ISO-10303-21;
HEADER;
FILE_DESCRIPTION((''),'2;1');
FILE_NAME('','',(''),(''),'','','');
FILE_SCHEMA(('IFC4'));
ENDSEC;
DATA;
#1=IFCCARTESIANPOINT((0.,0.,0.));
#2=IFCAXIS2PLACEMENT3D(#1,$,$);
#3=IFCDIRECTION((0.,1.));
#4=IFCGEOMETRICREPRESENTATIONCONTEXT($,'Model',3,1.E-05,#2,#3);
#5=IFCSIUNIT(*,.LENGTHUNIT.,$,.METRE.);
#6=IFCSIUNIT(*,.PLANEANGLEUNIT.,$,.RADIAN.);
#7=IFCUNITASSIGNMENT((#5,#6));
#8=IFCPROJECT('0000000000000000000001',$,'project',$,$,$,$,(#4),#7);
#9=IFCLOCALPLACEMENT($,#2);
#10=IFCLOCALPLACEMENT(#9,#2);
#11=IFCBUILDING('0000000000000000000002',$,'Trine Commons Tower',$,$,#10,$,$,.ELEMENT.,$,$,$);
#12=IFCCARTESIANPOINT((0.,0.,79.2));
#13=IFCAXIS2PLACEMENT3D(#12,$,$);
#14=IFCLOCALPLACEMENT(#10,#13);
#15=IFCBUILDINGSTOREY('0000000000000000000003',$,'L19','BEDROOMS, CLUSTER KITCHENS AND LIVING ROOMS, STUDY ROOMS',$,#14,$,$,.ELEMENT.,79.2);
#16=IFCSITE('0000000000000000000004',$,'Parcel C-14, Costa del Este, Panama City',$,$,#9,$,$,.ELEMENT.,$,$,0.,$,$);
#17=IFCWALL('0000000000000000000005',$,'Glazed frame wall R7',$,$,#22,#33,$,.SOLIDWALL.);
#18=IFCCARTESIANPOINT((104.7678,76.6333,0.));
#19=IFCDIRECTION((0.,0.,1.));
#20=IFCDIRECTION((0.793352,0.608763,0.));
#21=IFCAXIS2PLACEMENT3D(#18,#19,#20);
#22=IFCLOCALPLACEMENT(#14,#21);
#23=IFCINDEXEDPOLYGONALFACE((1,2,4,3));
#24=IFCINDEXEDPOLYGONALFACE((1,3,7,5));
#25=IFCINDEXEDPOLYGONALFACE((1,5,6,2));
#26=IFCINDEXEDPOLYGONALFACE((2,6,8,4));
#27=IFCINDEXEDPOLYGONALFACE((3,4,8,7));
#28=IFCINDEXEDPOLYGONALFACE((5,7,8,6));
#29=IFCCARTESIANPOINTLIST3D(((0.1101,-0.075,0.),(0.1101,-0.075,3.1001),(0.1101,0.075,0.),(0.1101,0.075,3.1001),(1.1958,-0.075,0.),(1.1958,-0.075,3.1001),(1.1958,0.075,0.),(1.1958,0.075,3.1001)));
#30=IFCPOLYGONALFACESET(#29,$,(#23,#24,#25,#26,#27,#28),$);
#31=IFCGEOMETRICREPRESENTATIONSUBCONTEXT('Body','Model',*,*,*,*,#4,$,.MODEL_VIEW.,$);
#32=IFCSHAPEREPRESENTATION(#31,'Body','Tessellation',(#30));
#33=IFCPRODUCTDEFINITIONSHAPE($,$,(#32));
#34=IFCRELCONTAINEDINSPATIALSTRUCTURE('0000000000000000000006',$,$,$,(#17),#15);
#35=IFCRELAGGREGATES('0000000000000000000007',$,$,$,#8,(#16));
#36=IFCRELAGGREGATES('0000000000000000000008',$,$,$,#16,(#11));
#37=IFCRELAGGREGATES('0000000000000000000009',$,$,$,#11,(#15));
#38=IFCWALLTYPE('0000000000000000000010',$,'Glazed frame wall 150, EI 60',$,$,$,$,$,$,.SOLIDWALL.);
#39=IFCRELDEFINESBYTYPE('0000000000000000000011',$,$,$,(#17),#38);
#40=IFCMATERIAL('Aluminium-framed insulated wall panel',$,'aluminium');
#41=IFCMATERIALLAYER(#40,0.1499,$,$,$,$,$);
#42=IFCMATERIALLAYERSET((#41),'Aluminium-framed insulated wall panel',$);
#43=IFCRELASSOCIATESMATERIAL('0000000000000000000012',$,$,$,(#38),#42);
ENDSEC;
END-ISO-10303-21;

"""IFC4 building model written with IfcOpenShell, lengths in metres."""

from ifc_helpers import new_model, si_unit, direction, frame, origin, place, context, subcontext, project, spatial, polyline, outline, extrude, material, layer, layer_set, type_object, element, save


model = new_model("IFC4")

# Units and contexts
model_context = context("Model", 3, precision=1e-05, world=origin(), true_north=direction((0.0, 1.0)))
body_context = subcontext(model_context, "Body", "Model", "MODEL_VIEW")
ifc_project = project(units=[si_unit("LENGTHUNIT", "METRE"), si_unit("PLANEANGLEUNIT", "RADIAN")], contexts=[model_context])

# Site, building, storey
site_placement = place(None, origin())
site = spatial("IfcSite", under=ifc_project, at=site_placement, Name="Parcel C-14, Costa del Este, Panama City", CompositionType="ELEMENT", RefElevation=0.0)
building_placement = place(site_placement, origin())
building = spatial("IfcBuilding", under=site, at=building_placement, Name="Trine Commons Tower", CompositionType="ELEMENT")
storey_placement = place(building_placement, frame((0.0, 0.0, 79.2)))
storey = spatial("IfcBuildingStorey", under=building, at=storey_placement, Name="L19", Description="BEDROOMS, CLUSTER KITCHENS AND LIVING ROOMS, STUDY ROOMS", CompositionType="ELEMENT", Elevation=79.2)

# Wall
ifc_material_1 = material(Name="Aluminium-framed insulated wall panel", Category="aluminium")
ifc_layer_1 = layer(ifc_material_1, 0.1499)
ifc_layer_set_1 = layer_set([ifc_layer_1], Name="Aluminium-framed insulated wall panel")
wall_type_1 = type_object("IfcWallType", Name="Glazed frame wall 150, EI 60", PredefinedType="SOLIDWALL", material=ifc_layer_set_1)
wall_1_placement = place(storey_placement, frame((104.7678, 76.6333, 0.0), z_axis=(0.0, 0.0, 1.0), x_axis=(0.793352, 0.608763, 0.0)))
element("IfcWall", 1, at=wall_1_placement, inside=storey, type_object=wall_type_1, Name="Glazed frame wall R7", PredefinedType="SOLIDWALL", context=body_context, shape_type="SweptSolid", body=[
    extrude(outline(polyline([(0.1101, 0.075), (0.1101, -0.075), (1.1958, -0.075), (1.1958, 0.075), (0.1101, 0.075)])), origin(), (0.0, 0.0, 1.0), 3.1001),
])

save(model, "model.ifc")
